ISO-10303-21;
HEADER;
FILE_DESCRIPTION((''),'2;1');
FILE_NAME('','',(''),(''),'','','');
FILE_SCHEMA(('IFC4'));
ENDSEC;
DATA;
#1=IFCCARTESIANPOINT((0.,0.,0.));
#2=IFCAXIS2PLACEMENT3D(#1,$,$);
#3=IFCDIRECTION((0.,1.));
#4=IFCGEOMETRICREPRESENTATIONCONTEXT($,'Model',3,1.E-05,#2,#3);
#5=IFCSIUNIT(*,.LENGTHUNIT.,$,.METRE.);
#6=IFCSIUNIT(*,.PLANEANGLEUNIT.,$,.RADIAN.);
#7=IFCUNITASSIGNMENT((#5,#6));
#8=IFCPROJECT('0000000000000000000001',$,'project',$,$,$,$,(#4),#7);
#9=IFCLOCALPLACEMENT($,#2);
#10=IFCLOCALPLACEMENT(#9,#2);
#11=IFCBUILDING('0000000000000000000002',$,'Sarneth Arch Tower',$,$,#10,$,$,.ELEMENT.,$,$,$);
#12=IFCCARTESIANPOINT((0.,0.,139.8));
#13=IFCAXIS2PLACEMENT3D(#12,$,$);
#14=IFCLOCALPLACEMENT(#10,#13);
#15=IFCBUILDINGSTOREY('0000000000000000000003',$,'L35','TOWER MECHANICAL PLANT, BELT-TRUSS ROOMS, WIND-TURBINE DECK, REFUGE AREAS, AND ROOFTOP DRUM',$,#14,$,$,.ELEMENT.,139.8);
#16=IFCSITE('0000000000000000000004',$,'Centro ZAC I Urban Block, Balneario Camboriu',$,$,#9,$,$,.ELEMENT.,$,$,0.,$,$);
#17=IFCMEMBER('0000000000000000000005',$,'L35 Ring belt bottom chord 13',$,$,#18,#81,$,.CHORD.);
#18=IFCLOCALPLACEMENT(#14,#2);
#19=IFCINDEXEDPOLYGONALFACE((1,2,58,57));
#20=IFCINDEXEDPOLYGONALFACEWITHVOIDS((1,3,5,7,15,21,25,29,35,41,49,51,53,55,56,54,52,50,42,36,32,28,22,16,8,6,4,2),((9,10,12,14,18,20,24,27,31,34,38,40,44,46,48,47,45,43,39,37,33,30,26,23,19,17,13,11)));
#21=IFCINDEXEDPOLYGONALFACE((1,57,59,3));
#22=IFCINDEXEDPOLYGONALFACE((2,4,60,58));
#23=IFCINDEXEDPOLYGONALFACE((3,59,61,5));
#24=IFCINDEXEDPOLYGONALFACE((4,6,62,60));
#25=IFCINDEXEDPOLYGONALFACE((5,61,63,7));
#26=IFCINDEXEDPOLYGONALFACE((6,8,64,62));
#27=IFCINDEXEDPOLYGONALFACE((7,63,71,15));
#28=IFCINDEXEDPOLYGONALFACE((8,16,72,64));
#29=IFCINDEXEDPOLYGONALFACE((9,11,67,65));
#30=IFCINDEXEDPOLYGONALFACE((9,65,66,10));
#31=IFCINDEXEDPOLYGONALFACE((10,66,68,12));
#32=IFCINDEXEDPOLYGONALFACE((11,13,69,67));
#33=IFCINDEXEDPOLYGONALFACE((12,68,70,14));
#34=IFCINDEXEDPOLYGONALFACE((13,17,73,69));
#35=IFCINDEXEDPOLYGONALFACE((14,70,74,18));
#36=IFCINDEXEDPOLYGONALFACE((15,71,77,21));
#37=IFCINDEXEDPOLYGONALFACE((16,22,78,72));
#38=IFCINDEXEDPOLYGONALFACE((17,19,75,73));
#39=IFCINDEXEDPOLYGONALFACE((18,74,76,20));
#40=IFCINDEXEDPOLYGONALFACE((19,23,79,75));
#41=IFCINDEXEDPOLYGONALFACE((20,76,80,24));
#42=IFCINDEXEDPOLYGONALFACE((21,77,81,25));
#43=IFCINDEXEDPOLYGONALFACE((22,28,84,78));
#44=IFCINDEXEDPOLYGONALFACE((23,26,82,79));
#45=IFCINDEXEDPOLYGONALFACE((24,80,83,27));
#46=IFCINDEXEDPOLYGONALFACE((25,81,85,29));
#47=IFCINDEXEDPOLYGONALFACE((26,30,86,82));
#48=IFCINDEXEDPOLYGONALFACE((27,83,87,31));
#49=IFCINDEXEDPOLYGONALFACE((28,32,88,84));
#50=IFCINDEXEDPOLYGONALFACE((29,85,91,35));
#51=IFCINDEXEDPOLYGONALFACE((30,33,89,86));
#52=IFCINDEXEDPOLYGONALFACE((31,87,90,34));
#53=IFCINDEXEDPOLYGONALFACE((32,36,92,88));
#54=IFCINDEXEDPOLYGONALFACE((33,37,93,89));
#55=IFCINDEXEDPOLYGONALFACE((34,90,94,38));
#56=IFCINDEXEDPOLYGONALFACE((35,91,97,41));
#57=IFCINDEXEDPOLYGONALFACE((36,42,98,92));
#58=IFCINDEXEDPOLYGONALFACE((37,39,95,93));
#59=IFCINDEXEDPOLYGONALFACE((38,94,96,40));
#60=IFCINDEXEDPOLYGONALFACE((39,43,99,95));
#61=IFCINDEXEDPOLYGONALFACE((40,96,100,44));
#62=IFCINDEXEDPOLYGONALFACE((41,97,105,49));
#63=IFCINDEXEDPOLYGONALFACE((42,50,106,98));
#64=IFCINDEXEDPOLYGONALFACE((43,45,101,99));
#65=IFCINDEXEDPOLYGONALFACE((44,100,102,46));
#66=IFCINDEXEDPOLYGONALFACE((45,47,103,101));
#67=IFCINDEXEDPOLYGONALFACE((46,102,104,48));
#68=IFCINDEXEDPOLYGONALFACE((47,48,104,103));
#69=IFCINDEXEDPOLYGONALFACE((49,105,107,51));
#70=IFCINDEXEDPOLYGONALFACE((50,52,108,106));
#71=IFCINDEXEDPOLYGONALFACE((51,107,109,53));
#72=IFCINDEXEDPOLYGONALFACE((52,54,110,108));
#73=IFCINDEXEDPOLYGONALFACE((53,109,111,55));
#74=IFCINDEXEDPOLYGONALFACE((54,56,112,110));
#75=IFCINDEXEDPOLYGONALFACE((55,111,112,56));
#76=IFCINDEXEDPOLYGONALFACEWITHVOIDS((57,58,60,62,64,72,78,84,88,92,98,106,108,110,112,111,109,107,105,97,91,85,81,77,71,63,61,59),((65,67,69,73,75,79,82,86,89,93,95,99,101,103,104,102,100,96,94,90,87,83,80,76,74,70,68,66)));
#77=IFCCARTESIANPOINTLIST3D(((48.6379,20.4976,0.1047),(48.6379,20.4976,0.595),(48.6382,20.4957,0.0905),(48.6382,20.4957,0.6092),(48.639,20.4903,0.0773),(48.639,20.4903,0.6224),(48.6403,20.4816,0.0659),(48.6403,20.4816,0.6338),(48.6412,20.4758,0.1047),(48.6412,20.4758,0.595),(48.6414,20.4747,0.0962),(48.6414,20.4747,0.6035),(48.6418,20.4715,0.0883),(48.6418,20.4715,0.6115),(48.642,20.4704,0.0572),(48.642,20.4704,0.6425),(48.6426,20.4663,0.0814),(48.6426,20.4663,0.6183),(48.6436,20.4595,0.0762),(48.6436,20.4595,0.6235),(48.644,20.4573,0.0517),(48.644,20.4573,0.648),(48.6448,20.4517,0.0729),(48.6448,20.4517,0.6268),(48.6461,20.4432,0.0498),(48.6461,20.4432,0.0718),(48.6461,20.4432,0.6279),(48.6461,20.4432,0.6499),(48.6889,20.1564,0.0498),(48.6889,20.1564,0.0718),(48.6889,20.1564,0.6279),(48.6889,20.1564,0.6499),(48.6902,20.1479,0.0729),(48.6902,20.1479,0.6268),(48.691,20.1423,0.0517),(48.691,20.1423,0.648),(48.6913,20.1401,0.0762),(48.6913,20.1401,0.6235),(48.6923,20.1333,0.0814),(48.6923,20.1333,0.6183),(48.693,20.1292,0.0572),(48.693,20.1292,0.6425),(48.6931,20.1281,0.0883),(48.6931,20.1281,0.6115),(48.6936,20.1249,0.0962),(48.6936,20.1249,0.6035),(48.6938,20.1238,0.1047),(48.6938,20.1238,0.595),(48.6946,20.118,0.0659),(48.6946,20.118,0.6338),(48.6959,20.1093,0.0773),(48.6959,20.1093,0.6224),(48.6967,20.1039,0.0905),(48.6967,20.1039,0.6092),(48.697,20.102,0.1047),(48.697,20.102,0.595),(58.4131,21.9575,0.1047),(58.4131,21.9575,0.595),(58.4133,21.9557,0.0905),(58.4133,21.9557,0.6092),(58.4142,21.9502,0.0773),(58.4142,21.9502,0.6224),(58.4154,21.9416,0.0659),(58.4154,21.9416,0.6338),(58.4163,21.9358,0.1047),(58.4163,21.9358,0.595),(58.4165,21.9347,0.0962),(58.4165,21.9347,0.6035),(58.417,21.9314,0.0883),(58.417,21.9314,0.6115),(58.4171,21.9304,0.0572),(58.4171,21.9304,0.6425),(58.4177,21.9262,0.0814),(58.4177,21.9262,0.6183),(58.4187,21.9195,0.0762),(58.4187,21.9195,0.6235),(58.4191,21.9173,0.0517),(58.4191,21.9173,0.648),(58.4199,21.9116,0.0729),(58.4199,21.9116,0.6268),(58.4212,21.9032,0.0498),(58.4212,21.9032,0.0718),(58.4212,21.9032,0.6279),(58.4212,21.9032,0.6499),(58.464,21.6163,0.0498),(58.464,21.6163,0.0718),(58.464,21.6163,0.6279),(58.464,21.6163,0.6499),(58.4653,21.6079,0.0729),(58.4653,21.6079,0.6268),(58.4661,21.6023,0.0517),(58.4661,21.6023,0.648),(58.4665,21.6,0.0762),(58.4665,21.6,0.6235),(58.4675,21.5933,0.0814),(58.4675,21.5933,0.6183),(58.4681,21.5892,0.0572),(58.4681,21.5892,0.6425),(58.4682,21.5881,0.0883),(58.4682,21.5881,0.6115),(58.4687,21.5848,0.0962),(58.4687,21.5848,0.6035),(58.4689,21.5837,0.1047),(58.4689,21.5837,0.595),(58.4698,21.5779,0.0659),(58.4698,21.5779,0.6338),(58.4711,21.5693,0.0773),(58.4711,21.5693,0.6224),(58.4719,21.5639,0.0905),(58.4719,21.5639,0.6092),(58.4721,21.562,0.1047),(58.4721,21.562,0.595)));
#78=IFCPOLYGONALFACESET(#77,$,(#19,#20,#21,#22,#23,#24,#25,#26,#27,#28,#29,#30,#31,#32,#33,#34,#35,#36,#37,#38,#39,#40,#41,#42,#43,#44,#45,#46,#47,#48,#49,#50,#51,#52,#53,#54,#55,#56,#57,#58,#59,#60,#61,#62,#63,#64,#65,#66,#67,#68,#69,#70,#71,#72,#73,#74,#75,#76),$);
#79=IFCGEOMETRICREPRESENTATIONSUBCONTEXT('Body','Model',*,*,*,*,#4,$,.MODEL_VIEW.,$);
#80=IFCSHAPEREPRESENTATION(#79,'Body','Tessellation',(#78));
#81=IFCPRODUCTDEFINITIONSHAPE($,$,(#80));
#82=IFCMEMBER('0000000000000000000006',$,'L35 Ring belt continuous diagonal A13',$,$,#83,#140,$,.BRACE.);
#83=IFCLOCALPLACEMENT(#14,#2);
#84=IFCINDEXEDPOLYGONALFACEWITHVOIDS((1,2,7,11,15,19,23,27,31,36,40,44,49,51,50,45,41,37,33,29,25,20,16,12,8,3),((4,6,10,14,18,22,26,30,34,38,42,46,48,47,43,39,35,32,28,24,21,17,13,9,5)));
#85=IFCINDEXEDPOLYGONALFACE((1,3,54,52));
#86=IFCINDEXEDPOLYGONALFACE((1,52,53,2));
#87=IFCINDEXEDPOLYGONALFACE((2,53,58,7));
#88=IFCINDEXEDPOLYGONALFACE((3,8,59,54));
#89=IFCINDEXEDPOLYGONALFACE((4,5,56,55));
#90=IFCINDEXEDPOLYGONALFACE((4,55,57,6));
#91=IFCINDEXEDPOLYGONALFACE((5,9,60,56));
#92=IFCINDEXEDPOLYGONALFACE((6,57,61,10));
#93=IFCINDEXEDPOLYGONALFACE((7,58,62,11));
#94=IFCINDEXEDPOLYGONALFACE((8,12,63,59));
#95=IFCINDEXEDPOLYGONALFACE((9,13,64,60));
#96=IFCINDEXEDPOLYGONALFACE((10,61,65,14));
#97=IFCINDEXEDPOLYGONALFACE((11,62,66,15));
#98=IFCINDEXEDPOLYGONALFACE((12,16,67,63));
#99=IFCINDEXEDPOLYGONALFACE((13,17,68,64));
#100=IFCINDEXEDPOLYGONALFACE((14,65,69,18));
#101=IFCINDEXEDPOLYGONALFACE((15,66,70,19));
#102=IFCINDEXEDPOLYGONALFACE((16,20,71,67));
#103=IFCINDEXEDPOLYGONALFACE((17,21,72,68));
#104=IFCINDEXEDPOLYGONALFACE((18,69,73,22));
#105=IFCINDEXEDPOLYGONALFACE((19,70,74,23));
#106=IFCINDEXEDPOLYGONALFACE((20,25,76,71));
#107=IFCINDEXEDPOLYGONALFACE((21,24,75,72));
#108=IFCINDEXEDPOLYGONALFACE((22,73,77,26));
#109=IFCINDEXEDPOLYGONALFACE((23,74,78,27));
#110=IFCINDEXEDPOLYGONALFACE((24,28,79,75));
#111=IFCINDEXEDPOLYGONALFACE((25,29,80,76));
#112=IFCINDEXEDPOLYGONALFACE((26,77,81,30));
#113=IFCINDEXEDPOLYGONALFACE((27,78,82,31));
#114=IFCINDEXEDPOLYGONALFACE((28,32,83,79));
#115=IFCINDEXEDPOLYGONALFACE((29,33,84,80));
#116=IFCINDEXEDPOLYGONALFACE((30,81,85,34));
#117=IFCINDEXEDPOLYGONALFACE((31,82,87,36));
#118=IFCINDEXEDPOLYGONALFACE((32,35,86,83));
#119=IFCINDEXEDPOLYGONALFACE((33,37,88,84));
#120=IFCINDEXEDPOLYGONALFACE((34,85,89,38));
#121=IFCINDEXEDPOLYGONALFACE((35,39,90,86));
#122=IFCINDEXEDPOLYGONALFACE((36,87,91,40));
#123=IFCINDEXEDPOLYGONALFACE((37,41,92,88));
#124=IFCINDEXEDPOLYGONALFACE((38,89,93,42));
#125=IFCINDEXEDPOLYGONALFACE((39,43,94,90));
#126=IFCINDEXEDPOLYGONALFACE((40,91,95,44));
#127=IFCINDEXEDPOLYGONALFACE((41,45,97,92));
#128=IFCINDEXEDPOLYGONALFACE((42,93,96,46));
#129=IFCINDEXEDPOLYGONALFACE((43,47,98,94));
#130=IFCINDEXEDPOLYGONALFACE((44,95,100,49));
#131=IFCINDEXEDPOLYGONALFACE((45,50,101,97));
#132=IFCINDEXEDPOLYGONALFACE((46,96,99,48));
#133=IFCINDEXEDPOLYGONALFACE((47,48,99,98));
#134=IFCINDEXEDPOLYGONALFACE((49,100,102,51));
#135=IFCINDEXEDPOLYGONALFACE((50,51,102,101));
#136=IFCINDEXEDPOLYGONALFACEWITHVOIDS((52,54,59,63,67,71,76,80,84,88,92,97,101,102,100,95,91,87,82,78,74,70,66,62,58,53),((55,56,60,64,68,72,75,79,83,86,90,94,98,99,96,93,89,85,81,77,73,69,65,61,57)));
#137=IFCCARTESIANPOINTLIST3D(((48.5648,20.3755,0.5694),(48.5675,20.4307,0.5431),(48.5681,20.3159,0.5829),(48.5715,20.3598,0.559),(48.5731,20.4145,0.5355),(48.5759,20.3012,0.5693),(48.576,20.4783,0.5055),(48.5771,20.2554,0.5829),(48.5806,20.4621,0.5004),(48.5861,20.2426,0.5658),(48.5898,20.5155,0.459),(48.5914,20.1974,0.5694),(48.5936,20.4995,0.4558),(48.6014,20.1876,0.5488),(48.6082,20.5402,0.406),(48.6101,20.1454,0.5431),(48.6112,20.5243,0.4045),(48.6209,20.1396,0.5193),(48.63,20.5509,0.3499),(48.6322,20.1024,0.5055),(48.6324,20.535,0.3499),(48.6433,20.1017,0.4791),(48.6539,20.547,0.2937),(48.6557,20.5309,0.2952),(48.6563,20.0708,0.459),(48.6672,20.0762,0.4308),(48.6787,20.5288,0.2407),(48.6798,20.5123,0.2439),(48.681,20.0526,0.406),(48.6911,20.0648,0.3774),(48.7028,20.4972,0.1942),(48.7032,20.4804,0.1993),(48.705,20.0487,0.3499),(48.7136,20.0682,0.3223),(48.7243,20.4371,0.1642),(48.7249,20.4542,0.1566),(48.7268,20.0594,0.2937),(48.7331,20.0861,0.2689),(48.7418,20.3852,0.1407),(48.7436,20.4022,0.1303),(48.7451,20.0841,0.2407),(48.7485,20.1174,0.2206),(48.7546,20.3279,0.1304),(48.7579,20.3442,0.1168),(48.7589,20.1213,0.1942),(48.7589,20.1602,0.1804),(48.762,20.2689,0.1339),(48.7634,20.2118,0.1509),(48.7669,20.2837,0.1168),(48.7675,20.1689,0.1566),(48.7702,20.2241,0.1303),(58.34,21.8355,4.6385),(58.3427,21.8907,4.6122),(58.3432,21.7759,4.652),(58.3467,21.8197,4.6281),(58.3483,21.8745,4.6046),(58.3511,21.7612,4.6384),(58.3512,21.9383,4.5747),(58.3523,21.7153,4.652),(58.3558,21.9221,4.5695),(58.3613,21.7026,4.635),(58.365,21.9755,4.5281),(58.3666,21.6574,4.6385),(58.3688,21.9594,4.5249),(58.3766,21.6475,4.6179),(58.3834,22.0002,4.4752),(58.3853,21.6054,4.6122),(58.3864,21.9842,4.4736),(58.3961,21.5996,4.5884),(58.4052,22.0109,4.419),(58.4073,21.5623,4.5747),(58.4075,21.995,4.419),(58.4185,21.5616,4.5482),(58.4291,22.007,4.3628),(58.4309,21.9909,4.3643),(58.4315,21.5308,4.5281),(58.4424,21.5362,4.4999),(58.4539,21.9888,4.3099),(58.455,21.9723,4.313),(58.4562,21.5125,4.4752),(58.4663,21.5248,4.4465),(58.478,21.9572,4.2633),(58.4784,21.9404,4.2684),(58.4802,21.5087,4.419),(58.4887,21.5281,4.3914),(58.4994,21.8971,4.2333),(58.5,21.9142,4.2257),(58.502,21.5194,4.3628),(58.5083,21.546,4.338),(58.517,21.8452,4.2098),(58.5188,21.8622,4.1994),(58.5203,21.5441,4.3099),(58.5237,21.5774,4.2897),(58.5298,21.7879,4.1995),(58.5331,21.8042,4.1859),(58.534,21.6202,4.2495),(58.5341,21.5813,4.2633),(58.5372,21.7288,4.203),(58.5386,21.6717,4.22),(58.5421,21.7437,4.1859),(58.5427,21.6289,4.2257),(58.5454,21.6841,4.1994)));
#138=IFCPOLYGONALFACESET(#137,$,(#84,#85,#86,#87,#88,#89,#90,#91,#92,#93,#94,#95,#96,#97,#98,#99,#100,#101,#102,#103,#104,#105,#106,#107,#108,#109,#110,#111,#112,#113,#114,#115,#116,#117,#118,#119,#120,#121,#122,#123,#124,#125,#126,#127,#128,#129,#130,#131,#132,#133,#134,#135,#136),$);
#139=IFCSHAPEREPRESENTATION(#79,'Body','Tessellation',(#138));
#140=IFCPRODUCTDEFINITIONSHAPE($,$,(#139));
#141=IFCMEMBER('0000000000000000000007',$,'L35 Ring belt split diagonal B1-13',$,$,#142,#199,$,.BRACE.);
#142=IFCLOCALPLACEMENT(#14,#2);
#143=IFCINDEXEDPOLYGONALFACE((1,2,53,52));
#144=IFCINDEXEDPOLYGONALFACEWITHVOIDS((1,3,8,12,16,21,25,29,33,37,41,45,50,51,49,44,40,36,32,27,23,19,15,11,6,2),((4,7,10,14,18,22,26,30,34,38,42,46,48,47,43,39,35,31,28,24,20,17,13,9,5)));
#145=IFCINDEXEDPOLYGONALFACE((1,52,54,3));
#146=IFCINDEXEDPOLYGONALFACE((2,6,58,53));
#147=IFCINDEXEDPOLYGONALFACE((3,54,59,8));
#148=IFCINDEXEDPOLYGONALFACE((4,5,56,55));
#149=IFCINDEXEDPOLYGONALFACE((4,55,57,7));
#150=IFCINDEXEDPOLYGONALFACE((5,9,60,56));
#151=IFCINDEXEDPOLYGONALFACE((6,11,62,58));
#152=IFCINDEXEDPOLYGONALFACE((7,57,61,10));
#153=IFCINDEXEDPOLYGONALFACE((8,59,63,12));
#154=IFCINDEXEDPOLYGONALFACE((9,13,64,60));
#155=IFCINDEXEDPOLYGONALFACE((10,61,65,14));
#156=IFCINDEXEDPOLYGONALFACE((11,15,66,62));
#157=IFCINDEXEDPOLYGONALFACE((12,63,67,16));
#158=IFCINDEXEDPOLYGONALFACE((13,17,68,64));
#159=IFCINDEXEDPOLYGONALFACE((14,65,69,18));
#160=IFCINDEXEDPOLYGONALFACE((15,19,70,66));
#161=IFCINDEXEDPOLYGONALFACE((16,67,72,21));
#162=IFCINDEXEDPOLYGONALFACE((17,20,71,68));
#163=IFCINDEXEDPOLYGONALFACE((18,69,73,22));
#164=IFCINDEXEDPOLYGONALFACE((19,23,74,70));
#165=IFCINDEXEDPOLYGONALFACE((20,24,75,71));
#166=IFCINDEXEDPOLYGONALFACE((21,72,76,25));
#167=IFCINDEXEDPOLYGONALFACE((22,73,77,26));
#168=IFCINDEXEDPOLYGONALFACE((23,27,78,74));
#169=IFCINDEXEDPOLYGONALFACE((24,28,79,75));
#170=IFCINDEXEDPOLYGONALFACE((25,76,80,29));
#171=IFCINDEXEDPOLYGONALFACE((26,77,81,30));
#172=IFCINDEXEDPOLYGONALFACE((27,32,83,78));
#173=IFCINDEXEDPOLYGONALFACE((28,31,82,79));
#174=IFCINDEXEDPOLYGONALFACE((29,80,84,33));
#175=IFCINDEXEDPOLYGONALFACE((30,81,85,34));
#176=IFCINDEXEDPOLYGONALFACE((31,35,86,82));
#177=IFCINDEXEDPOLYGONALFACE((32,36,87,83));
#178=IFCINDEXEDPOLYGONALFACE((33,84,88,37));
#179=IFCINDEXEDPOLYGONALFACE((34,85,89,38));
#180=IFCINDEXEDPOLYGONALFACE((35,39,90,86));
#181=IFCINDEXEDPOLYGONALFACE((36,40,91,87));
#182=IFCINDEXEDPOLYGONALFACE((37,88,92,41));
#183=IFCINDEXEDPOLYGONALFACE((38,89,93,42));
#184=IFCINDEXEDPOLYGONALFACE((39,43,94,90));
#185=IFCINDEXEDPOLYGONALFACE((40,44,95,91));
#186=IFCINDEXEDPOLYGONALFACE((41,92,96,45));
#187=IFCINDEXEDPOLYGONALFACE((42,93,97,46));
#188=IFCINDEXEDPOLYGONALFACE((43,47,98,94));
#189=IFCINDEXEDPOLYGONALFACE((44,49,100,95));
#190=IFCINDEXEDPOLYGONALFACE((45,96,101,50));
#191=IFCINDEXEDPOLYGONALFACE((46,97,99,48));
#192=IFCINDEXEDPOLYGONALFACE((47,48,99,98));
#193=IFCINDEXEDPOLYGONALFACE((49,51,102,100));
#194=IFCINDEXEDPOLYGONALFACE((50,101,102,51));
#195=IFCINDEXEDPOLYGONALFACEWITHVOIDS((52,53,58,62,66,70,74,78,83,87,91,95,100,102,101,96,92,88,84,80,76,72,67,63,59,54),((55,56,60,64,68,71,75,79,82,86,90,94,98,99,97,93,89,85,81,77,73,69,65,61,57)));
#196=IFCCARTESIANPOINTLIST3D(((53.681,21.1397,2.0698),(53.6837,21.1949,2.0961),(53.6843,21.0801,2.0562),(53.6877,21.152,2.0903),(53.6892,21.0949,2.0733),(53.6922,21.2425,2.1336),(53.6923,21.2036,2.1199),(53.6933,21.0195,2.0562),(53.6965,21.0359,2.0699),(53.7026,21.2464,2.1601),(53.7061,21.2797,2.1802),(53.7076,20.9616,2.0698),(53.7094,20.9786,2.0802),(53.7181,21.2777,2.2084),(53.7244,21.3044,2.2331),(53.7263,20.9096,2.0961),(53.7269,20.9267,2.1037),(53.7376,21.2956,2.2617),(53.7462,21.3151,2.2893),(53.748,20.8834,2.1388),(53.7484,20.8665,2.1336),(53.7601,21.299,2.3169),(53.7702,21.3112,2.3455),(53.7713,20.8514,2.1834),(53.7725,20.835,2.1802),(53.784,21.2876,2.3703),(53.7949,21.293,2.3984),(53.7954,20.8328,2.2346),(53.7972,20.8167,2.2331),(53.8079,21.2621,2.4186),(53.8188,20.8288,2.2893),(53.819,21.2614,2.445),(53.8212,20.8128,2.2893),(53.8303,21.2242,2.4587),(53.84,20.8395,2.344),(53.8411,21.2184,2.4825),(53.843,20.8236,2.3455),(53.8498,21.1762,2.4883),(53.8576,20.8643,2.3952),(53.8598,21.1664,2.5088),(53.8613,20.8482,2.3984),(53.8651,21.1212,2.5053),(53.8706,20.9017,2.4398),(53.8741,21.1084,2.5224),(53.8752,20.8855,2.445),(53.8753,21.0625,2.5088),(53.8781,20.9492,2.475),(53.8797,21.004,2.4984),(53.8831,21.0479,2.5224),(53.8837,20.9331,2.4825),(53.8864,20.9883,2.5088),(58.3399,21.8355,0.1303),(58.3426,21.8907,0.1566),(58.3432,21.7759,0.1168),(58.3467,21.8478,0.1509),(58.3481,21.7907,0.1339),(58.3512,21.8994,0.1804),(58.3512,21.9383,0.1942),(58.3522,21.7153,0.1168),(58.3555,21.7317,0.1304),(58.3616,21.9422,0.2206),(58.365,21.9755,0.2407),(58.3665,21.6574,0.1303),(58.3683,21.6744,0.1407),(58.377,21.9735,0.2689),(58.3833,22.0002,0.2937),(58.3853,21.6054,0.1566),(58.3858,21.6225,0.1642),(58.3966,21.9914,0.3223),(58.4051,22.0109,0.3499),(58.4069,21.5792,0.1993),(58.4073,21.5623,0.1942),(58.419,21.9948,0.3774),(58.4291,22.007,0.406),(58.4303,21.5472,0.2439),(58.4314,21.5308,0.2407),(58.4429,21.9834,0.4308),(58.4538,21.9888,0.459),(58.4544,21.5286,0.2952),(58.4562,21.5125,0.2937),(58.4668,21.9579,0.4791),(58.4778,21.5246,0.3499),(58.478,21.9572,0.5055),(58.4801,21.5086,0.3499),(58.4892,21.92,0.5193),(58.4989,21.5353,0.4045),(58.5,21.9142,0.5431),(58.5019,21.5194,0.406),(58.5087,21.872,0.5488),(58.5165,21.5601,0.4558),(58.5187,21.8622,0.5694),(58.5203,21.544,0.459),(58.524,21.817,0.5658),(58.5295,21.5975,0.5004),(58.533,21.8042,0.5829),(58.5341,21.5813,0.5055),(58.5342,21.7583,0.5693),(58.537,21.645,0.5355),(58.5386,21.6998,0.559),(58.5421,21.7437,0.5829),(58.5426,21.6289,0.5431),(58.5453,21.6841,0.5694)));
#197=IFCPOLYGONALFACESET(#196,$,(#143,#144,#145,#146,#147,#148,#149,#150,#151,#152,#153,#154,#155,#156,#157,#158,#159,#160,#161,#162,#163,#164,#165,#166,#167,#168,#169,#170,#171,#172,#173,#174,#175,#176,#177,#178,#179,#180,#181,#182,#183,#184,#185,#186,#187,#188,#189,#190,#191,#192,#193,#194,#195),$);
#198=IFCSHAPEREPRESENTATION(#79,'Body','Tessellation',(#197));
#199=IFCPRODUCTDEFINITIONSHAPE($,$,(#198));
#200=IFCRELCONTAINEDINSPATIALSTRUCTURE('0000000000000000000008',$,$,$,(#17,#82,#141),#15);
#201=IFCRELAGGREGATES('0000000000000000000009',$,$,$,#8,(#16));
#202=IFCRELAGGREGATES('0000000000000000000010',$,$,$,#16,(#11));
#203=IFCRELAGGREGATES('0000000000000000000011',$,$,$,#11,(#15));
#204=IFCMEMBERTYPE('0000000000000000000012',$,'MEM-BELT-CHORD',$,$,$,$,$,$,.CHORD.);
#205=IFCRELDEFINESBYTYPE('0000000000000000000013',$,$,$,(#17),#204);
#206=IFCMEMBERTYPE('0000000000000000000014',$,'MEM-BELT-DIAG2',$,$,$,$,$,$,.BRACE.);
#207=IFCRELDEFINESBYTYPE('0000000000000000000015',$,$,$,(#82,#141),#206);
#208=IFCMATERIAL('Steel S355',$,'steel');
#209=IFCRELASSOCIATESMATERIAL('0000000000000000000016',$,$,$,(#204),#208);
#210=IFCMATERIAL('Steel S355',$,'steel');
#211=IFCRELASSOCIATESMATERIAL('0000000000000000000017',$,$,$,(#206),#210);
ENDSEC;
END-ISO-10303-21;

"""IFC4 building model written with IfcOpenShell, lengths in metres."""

from ifc_helpers import new_model, si_unit, direction, frame, origin, origin_2d, place, context, subcontext, project, spatial, hollow_rectangle, hollow_circle, extrude, material, material_profile, profile_set, type_object, element, save


model = new_model("IFC4")

# Units and contexts
model_context = context("Model", 3, precision=1e-05, world=origin(), true_north=direction((0.0, 1.0)))
body_context = subcontext(model_context, "Body", "Model", "MODEL_VIEW")
ifc_project = project(units=[si_unit("LENGTHUNIT", "METRE"), si_unit("PLANEANGLEUNIT", "RADIAN")], contexts=[model_context])

# Site, building, storey
site_placement = place(None, origin())
site = spatial("IfcSite", under=ifc_project, at=site_placement, Name="Centro ZAC I Urban Block, Balneario Camboriu", CompositionType="ELEMENT", RefElevation=0.0)
building_placement = place(site_placement, origin())
building = spatial("IfcBuilding", under=site, at=building_placement, Name="Sarneth Arch Tower", CompositionType="ELEMENT")
storey_placement = place(building_placement, frame((0.0, 0.0, 139.8)))
storey = spatial("IfcBuildingStorey", under=building, at=storey_placement, Name="L35", Description="TOWER MECHANICAL PLANT, BELT-TRUSS ROOMS, WIND-TURBINE DECK, REFUGE AREAS, AND ROOFTOP DRUM", CompositionType="ELEMENT", Elevation=139.8)

# Members
ifc_material_1 = material(Name="Steel S355", Category="steel")
ifc_material_profile_1 = material_profile(ifc_material_1, hollow_rectangle(XDim=0.3999, YDim=0.6001, WallThickness=0.022, InnerFilletRadius=0.033, OuterFilletRadius=0.0549, at=origin_2d()), Name="RHS600x400x22")
ifc_profile_set_1 = profile_set([ifc_material_profile_1], Name="Steel S355")
member_type_1 = type_object("IfcMemberType", Name="MEM-BELT-CHORD", PredefinedType="CHORD", material=ifc_profile_set_1)
member_1_placement = place(storey_placement, frame((48.6675, 20.2998, 0.3499), z_axis=(0.98903, 0.147716, 0.0), x_axis=(-0.147716, 0.98903, 0.0)))
element("IfcMember", 1, at=member_1_placement, inside=storey, type_object=member_type_1, Name="L35 Ring belt bottom chord 13", PredefinedType="CHORD", context=body_context, shape_type="SweptSolid", body=[
    extrude(hollow_rectangle(XDim=0.3999, YDim=0.6001, WallThickness=0.022, InnerFilletRadius=0.033, OuterFilletRadius=0.0549, at=origin_2d()), origin(), (0.0, 0.0, 1.0), 9.8835),
])
ifc_material_2 = material(Name="Steel S355", Category="steel")
ifc_material_profile_2 = material_profile(ifc_material_2, hollow_circle(Radius=0.2539, WallThickness=0.0161, at=origin_2d()), Name="CHS508x16")
ifc_profile_set_2 = profile_set([ifc_material_profile_2], Name="Steel S355")
member_type_2 = type_object("IfcMemberType", Name="MEM-BELT-DIAG2", PredefinedType="BRACE", material=ifc_profile_set_2)
member_2_placement = place(storey_placement, frame((48.6675, 20.2998, 0.3499), z_axis=(0.914554, 0.136593, 0.380701), x_axis=(-0.147716, 0.98903, 0.0)))
element("IfcMember", 2, at=member_2_placement, inside=storey, type_object=member_type_2, Name="L35 Ring belt continuous diagonal A13", PredefinedType="BRACE", context=body_context, shape_type="SweptSolid", body=[
    extrude(hollow_circle(Radius=0.2539, WallThickness=0.0161, at=origin_2d()), origin(), (0.0, 0.0, 1.0), 10.6885),
])
for number, where, z_axis, x_axis, name in (
    (3, (58.4426, 21.7598, 0.3499), (-0.914549, -0.136586, 0.380715), (0.147709, -0.989031, 0.0), "L35 Ring belt split diagonal B1-13"),
):
    element("IfcMember", number, at=place(storey_placement, frame(where, z_axis=z_axis, x_axis=x_axis)), inside=storey, type_object=member_type_2, Name=name, PredefinedType="BRACE", context=body_context, shape_type="SweptSolid", body=[
        extrude(hollow_circle(Radius=0.2539, WallThickness=0.0161, at=origin_2d()), origin(), (0.0, 0.0, 1.0), 5.0942),
    ])

save(model, "model.ifc")
